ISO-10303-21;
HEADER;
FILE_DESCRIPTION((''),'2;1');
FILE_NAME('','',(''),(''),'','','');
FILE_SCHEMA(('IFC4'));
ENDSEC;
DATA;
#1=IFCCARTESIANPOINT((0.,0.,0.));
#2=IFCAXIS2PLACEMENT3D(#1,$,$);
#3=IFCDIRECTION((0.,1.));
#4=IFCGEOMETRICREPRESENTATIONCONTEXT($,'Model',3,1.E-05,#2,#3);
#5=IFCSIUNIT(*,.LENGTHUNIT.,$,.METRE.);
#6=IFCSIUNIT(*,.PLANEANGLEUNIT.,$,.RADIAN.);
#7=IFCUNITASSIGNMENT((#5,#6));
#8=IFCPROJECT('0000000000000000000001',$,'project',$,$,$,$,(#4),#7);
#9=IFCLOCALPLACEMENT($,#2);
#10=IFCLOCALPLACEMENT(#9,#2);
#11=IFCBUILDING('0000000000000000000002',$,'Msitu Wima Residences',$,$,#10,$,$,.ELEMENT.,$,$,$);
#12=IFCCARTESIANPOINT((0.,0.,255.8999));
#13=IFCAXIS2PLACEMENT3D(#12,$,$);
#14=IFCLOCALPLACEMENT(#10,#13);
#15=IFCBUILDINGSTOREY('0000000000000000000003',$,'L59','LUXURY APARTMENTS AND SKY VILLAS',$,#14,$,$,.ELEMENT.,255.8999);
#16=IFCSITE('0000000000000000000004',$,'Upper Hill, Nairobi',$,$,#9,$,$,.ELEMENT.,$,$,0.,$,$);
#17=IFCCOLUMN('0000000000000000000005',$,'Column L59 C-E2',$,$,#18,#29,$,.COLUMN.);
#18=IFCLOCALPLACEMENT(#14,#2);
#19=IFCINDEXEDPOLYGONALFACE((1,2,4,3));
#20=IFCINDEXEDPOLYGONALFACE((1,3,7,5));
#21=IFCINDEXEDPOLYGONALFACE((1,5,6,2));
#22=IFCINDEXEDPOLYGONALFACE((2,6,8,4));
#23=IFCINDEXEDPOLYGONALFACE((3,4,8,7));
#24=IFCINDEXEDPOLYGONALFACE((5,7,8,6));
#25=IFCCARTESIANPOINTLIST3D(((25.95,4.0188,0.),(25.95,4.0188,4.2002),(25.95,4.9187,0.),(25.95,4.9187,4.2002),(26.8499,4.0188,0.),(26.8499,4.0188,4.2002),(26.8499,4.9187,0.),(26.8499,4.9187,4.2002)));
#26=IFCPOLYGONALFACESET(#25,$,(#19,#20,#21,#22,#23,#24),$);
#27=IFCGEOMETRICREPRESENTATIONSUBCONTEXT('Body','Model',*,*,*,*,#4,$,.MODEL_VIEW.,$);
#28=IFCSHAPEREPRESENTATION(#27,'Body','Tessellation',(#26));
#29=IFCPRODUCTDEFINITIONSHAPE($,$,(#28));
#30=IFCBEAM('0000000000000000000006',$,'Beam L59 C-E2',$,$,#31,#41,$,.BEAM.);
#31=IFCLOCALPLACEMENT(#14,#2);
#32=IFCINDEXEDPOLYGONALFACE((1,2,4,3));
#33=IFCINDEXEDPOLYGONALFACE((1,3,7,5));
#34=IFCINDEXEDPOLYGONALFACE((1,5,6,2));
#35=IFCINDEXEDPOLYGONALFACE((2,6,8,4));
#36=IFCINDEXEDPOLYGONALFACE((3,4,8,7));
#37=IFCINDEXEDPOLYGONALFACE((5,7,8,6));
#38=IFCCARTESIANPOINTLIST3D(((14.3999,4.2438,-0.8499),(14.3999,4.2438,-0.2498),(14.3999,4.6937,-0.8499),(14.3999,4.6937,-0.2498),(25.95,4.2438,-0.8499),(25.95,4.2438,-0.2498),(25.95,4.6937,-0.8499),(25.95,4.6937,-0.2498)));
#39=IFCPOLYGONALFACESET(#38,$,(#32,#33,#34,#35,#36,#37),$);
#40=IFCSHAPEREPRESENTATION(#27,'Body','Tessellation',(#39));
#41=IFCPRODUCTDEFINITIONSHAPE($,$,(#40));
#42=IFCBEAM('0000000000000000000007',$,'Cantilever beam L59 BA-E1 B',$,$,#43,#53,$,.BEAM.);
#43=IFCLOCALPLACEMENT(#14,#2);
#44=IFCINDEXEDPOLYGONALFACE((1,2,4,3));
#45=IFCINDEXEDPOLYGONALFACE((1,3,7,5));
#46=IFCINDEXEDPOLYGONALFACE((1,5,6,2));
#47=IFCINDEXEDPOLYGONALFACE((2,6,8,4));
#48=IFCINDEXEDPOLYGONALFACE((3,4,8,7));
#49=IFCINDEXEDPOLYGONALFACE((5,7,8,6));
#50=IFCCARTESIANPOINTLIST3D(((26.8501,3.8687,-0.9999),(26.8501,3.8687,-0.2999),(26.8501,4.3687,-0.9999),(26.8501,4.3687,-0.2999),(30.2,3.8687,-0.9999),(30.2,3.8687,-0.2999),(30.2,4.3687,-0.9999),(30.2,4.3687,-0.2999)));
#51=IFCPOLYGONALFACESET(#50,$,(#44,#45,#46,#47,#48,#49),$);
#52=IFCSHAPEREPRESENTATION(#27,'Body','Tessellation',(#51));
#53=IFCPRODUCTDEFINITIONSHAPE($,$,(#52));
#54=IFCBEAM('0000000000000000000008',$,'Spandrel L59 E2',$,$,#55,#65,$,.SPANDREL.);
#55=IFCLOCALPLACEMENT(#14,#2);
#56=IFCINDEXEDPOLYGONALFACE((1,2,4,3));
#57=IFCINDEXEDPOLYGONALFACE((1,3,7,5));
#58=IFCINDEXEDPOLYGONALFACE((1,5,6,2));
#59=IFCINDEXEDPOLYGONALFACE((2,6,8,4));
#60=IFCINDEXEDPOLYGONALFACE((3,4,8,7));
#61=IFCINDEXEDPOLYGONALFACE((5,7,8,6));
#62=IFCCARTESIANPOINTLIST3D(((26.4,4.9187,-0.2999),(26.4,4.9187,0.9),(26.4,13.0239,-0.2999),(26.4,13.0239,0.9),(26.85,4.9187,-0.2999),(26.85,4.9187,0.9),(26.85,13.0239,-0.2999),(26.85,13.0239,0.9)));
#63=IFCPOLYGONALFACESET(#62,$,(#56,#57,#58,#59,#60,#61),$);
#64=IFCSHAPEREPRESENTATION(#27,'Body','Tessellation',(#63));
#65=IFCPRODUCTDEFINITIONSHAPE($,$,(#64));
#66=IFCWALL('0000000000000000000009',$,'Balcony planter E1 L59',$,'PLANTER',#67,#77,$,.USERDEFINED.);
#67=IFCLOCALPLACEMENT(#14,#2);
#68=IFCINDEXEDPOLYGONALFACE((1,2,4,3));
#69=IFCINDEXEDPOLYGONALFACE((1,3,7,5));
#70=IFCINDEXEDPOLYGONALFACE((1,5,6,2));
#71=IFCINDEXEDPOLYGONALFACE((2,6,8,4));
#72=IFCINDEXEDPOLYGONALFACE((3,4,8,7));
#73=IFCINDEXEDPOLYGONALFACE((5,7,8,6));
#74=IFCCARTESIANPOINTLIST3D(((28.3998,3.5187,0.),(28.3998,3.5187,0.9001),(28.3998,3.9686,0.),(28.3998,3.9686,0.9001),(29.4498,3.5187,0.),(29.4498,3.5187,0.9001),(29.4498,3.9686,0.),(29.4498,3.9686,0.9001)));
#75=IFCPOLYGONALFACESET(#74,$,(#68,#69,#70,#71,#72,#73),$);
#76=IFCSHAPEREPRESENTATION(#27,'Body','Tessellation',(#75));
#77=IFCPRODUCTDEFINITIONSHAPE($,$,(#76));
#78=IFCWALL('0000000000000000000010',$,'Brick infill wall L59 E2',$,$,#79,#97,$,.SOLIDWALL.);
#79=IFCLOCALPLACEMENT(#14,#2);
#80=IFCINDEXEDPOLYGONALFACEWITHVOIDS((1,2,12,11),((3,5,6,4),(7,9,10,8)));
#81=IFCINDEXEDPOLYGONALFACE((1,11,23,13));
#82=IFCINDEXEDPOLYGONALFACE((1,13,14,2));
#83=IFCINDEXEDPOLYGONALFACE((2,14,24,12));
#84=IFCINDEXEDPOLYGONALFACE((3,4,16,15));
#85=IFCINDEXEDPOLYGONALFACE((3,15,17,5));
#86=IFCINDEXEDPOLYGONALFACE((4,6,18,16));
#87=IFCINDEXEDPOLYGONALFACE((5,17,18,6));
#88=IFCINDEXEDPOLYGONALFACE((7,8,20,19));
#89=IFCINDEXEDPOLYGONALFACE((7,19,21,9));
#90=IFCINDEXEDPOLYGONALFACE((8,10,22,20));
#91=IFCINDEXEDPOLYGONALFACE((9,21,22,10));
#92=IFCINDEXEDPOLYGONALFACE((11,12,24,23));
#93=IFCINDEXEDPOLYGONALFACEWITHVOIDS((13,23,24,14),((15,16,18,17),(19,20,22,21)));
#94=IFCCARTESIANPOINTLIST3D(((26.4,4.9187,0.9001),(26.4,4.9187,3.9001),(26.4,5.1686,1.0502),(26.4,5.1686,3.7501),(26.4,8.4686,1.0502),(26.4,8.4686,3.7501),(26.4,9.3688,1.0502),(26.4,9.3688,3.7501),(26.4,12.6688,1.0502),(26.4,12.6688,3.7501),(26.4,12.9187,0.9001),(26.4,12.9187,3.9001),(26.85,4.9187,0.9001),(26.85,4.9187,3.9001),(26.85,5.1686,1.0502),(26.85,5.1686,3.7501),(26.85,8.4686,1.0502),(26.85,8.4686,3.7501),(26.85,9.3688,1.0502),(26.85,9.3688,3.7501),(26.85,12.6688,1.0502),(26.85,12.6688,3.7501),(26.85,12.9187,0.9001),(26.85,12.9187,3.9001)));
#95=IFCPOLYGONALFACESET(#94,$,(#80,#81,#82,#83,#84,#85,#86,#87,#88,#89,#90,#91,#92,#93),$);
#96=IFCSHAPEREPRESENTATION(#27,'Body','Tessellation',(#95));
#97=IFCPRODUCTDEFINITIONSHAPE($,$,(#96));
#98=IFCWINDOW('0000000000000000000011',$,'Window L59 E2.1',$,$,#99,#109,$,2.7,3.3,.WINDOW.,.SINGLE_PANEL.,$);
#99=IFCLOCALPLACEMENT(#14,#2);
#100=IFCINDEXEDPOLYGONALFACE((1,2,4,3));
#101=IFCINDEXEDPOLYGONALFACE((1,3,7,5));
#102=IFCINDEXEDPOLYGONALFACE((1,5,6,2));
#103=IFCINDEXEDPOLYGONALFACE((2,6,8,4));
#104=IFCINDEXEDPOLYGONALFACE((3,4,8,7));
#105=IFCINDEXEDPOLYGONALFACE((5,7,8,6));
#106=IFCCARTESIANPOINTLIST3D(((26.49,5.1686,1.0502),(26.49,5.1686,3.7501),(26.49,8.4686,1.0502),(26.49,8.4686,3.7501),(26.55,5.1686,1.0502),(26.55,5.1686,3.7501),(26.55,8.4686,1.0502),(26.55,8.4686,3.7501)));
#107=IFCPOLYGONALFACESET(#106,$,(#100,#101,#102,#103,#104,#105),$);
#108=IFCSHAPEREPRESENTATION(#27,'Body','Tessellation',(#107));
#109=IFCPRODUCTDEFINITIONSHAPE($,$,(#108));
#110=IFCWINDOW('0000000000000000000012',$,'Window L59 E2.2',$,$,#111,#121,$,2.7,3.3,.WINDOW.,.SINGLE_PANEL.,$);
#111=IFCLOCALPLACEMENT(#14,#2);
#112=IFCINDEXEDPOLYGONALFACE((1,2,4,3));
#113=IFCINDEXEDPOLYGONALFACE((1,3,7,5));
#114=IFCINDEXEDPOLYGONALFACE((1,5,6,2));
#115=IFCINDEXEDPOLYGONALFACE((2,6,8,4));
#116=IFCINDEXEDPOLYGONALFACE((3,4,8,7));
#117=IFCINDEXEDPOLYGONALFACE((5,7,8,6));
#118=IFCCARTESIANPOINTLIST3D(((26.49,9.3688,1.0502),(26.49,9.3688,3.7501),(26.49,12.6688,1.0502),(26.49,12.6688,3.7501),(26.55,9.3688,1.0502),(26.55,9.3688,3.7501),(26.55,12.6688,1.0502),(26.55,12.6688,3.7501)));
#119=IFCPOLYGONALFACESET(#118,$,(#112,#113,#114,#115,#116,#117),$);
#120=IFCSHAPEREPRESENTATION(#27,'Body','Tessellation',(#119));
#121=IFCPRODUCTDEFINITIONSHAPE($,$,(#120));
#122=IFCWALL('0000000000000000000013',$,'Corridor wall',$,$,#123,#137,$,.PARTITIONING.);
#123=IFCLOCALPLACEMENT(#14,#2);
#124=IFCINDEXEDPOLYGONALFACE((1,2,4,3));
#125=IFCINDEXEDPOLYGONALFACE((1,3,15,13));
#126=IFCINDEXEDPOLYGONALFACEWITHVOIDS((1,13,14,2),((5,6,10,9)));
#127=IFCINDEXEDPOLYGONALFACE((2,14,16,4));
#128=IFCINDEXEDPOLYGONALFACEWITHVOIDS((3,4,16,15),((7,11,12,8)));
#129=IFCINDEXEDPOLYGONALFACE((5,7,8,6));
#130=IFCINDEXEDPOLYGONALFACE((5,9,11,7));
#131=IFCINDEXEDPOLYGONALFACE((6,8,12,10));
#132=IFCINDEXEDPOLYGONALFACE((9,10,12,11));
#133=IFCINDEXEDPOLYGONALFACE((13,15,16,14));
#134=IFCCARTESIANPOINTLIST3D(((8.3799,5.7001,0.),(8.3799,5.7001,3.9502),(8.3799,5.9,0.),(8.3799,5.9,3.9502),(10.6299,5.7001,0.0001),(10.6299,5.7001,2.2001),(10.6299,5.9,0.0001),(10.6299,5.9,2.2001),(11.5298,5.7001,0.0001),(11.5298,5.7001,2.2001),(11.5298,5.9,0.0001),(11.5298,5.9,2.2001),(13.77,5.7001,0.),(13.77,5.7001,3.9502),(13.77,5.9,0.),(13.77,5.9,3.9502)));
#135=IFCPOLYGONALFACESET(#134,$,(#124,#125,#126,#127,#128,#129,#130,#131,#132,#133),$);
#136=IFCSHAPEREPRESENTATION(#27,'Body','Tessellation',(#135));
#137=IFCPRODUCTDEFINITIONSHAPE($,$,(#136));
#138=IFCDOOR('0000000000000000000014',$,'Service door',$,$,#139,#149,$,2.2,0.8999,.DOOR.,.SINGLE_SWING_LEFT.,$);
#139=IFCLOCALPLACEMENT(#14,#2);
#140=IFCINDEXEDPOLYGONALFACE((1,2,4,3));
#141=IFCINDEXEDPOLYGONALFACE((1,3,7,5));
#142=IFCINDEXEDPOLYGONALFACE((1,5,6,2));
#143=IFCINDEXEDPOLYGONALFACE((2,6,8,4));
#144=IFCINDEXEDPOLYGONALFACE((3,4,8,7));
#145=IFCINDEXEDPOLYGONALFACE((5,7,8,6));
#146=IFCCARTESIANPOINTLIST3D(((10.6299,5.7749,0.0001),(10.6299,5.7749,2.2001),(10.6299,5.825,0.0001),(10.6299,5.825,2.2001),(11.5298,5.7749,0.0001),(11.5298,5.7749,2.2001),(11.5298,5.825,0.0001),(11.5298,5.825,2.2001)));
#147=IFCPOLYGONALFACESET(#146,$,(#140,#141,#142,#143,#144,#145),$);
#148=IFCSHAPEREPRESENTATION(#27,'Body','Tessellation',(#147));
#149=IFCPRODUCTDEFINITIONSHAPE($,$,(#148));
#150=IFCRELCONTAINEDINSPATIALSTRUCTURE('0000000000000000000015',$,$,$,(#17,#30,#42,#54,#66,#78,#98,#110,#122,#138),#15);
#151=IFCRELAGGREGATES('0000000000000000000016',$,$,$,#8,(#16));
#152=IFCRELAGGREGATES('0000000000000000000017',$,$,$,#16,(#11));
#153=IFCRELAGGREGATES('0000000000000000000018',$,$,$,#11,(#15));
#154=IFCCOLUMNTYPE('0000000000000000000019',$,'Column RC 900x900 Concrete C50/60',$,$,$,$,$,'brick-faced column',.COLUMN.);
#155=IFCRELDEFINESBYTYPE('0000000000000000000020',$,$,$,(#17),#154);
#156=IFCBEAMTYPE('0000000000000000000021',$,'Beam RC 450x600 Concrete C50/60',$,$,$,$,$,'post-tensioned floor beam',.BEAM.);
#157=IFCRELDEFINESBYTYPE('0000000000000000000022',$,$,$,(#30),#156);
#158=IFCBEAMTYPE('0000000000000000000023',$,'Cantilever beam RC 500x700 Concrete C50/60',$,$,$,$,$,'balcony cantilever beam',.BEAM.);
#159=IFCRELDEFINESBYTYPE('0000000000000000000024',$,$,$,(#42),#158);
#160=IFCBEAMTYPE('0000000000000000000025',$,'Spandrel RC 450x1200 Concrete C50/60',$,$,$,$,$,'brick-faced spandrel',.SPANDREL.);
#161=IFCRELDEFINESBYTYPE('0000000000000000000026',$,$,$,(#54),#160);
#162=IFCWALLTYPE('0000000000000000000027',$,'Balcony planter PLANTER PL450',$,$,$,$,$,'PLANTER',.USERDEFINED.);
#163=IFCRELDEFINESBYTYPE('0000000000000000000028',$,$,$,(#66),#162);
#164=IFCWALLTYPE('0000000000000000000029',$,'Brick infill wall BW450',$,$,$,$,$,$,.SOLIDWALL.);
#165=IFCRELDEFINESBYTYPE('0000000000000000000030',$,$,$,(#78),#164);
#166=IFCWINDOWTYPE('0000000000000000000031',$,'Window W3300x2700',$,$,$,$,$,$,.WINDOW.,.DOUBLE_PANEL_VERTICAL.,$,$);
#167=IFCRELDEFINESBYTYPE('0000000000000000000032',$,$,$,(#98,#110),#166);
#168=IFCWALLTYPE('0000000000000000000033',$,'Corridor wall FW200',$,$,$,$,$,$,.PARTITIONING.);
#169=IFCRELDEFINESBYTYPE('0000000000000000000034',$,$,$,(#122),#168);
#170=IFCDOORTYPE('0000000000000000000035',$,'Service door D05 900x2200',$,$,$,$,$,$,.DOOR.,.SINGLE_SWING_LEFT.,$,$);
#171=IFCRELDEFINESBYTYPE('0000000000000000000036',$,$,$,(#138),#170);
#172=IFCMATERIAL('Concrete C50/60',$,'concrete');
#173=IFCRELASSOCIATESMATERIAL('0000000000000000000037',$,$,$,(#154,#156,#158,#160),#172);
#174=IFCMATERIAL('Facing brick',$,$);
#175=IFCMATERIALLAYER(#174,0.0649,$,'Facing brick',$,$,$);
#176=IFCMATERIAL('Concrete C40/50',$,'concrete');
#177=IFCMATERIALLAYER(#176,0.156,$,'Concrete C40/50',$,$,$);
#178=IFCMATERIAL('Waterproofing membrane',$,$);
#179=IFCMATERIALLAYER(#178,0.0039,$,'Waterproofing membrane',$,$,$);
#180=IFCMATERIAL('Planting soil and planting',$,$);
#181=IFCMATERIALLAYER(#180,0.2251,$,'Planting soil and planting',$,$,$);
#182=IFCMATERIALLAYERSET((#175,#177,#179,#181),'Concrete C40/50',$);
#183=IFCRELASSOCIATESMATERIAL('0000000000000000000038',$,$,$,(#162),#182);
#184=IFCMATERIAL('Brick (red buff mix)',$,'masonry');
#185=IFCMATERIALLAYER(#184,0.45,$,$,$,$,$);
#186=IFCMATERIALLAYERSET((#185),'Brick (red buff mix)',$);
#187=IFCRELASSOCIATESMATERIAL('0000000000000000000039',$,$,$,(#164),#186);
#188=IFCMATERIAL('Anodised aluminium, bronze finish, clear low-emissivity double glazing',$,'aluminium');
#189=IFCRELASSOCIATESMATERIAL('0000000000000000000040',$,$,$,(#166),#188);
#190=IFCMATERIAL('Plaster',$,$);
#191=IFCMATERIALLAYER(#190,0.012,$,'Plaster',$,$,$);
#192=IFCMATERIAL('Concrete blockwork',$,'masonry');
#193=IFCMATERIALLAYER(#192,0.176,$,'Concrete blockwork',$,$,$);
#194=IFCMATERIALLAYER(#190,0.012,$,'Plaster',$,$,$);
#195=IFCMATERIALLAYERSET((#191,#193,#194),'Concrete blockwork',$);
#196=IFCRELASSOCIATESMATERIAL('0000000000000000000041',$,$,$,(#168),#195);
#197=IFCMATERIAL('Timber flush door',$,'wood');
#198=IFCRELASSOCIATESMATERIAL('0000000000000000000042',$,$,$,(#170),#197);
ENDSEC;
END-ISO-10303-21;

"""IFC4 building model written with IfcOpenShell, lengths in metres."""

from ifc_helpers import new_model, si_unit, direction, frame, frame_2d, origin, origin_2d, place, context, subcontext, project, spatial, rectangle, extrude, material, layer, layer_set, material_profile, profile_set, type_object, element, fill, save


model = new_model("IFC4")

# Units and contexts
model_context = context("Model", 3, precision=1e-05, world=origin(), true_north=direction((0.0, 1.0)))
body_context = subcontext(model_context, "Body", "Model", "MODEL_VIEW")
ifc_project = project(units=[si_unit("LENGTHUNIT", "METRE"), si_unit("PLANEANGLEUNIT", "RADIAN")], contexts=[model_context])

# Site, building, storey
site_placement = place(None, origin())
site = spatial("IfcSite", under=ifc_project, at=site_placement, Name="Upper Hill, Nairobi", CompositionType="ELEMENT", RefElevation=0.0)
building_placement = place(site_placement, origin())
building = spatial("IfcBuilding", under=site, at=building_placement, Name="Msitu Wima Residences", CompositionType="ELEMENT")
storey_placement = place(building_placement, frame((0.0, 0.0, 255.8999)))
storey = spatial("IfcBuildingStorey", under=building, at=storey_placement, Name="L59", Description="LUXURY APARTMENTS AND SKY VILLAS", CompositionType="ELEMENT", Elevation=255.8999)

# Column
ifc_material_1 = material(Name="Concrete C50/60", Category="concrete")
ifc_material_profile_1 = material_profile(ifc_material_1, rectangle(XDim=0.8999, YDim=0.8999, at=origin_2d()), Name="RC 900x900")
ifc_profile_set_1 = profile_set([ifc_material_profile_1], Name="Concrete C50/60")
column_type = type_object("IfcColumnType", Name="Column RC 900x900 Concrete C50/60", ElementType="brick-faced column", PredefinedType="COLUMN", material=ifc_profile_set_1)
column_placement = place(storey_placement, frame((26.3999, 4.4688, 0.0), z_axis=(0.0, 0.0, 1.0), x_axis=(0.0, 1.0, 0.0)))
element("IfcColumn", 1, at=column_placement, inside=storey, type_object=column_type, Name="Column L59 C-E2", PredefinedType="COLUMN", context=body_context, shape_type="SweptSolid", body=[
    extrude(rectangle(XDim=0.8999, YDim=0.8999, at=origin_2d()), origin(), (0.0, 0.0, 1.0), 4.2002),
])

# Beams
ifc_material_profile_2 = material_profile(ifc_material_1, rectangle(XDim=0.45, YDim=0.6001, at=origin_2d()), Name="RC 450x600")
ifc_profile_set_2 = profile_set([ifc_material_profile_2], Name="Concrete C50/60")
beam_type_1 = type_object("IfcBeamType", Name="Beam RC 450x600 Concrete C50/60", ElementType="post-tensioned floor beam", PredefinedType="BEAM", material=ifc_profile_set_2)
beam_1_placement = place(storey_placement, frame((25.95, 4.4688, -0.5498), z_axis=(-1.0, 0.0, 0.0), x_axis=(0.0, -1.0, 0.0)))
element("IfcBeam", 2, at=beam_1_placement, inside=storey, type_object=beam_type_1, Name="Beam L59 C-E2", PredefinedType="BEAM", context=body_context, shape_type="SweptSolid", body=[
    extrude(rectangle(XDim=0.45, YDim=0.6001, at=origin_2d()), origin(), (0.0, 0.0, 1.0), 11.55),
])
ifc_material_profile_3 = material_profile(ifc_material_1, rectangle(XDim=0.5, YDim=0.7, at=origin_2d()), Name="RC 500x700")
ifc_profile_set_3 = profile_set([ifc_material_profile_3], Name="Concrete C50/60")
beam_type_2 = type_object("IfcBeamType", Name="Cantilever beam RC 500x700 Concrete C50/60", ElementType="balcony cantilever beam", PredefinedType="BEAM", material=ifc_profile_set_3)
beam_2_placement = place(storey_placement, frame((26.8501, 4.1187, -0.6499), z_axis=(1.0, 0.0, 0.0), x_axis=(0.0, 1.0, 0.0)))
element("IfcBeam", 3, at=beam_2_placement, inside=storey, type_object=beam_type_2, Name="Cantilever beam L59 BA-E1 B", PredefinedType="BEAM", context=body_context, shape_type="SweptSolid", body=[
    extrude(rectangle(XDim=0.5, YDim=0.7, at=origin_2d()), origin(), (0.0, 0.0, 1.0), 3.3499),
])
ifc_material_profile_4 = material_profile(ifc_material_1, rectangle(XDim=0.45, YDim=1.2, at=origin_2d()), Name="RC 450x1200")
ifc_profile_set_4 = profile_set([ifc_material_profile_4], Name="Concrete C50/60")
beam_type_3 = type_object("IfcBeamType", Name="Spandrel RC 450x1200 Concrete C50/60", ElementType="brick-faced spandrel", PredefinedType="SPANDREL", material=ifc_profile_set_4)
beam_3_placement = place(storey_placement, frame((26.625, 4.9187, 0.3), z_axis=(0.0, 1.0, 0.0), x_axis=(-1.0, 0.0, 0.0)))
element("IfcBeam", 4, at=beam_3_placement, inside=storey, type_object=beam_type_3, Name="Spandrel L59 E2", PredefinedType="SPANDREL", context=body_context, shape_type="SweptSolid", body=[
    extrude(rectangle(XDim=0.45, YDim=1.2, at=origin_2d()), origin(), (0.0, 0.0, 1.0), 8.1052),
])

# Wall
ifc_material_2 = material(Name="Facing brick")
ifc_layer_1 = layer(ifc_material_2, 0.0649, Name="Facing brick")
ifc_material_3 = material(Name="Concrete C40/50", Category="concrete")
ifc_layer_2 = layer(ifc_material_3, 0.156, Name="Concrete C40/50")
ifc_material_4 = material(Name="Waterproofing membrane")
ifc_layer_3 = layer(ifc_material_4, 0.0039, Name="Waterproofing membrane")
ifc_material_5 = material(Name="Planting soil and planting")
ifc_layer_4 = layer(ifc_material_5, 0.2251, Name="Planting soil and planting")
ifc_layer_set_1 = layer_set([ifc_layer_1, ifc_layer_2, ifc_layer_3, ifc_layer_4], Name="Concrete C40/50")
wall_type_1 = type_object("IfcWallType", Name="Balcony planter PLANTER PL450", ElementType="PLANTER", PredefinedType="USERDEFINED", material=ifc_layer_set_1)
wall_1_placement = place(storey_placement, frame((28.3999, 3.7437, 0.0), z_axis=(0.0, 0.0, 1.0), x_axis=(1.0, 0.0, 0.0)))
element("IfcWall", 5, at=wall_1_placement, inside=storey, type_object=wall_type_1, Name="Balcony planter E1 L59", ObjectType="PLANTER", PredefinedType="USERDEFINED", context=body_context, shape_type="SweptSolid", body=[
    extrude(rectangle(XDim=1.05, YDim=0.45, at=frame_2d((0.5249, 0.0))), origin(), (0.0, 0.0, 1.0), 0.9001),
])

# Wall, openings, windows
ifc_material_6 = material(Name="Brick (red buff mix)", Category="masonry")
ifc_layer_5 = layer(ifc_material_6, 0.45)
ifc_layer_set_2 = layer_set([ifc_layer_5], Name="Brick (red buff mix)")
wall_type_2 = type_object("IfcWallType", Name="Brick infill wall BW450", PredefinedType="SOLIDWALL", material=ifc_layer_set_2)
wall_2_placement = place(storey_placement, frame((26.625, 4.9187, 0.9001), z_axis=(0.0, 0.0, 1.0), x_axis=(0.0, 1.0, 0.0)))
wall_2 = element("IfcWall", 6, at=wall_2_placement, inside=storey, type_object=wall_type_2, Name="Brick infill wall L59 E2", PredefinedType="SOLIDWALL", context=body_context, shape_type="SweptSolid", body=[
    extrude(rectangle(XDim=8.0, YDim=0.45, at=frame_2d((4.0, 0.0))), origin(), (0.0, 0.0, 1.0), 3.0),
])
opening_1_placement = place(wall_2_placement, frame((0.25, 0.0, 0.1499)))
opening_1 = element("IfcOpeningElement", 7, at=opening_1_placement, cuts=wall_2, PredefinedType="OPENING", context=body_context, shape_type="SweptSolid", body=[
    extrude(rectangle(XDim=3.3, YDim=2.7, at=frame_2d((1.6499, 1.3501))), frame((0.0, 0.2349, 0.0), z_axis=(0.0, -1.0, 0.0), x_axis=(1.0, 0.0, 0.0)), (0.0, 0.0, 1.0), 0.47),
])
opening_2_placement = place(wall_2_placement, frame((4.4502, 0.0, 0.1499)))
opening_2 = element("IfcOpeningElement", 8, at=opening_2_placement, cuts=wall_2, PredefinedType="OPENING", context=body_context, shape_type="SweptSolid", body=[
    extrude(rectangle(XDim=3.3, YDim=2.7, at=frame_2d((1.6499, 1.3501))), frame((0.0, 0.2349, 0.0), z_axis=(0.0, -1.0, 0.0), x_axis=(1.0, 0.0, 0.0)), (0.0, 0.0, 1.0), 0.47),
])
ifc_material_7 = material(Name="Anodised aluminium, bronze finish, clear low-emissivity double glazing", Category="aluminium")
window_type = type_object("IfcWindowType", Name="Window W3300x2700", PartitioningType="DOUBLE_PANEL_VERTICAL", PredefinedType="WINDOW", material=ifc_material_7)
window_1_placement = place(opening_1_placement, origin())
window_1 = element("IfcWindow", 9, at=window_1_placement, inside=storey, type_object=window_type, Name="Window L59 E2.1", OverallHeight=2.7, OverallWidth=3.3, PartitioningType="SINGLE_PANEL", PredefinedType="WINDOW", context=body_context, shape_type="SweptSolid", body=[
    extrude(rectangle(XDim=3.3, YDim=2.7, at=frame_2d((1.6499, 1.3501))), frame((0.0, 0.135, 0.0), z_axis=(0.0, -1.0, 0.0), x_axis=(1.0, 0.0, 0.0)), (0.0, 0.0, 1.0), 0.0601),
])
fill(opening_1, window_1)
window_2_placement = place(opening_2_placement, origin())
window_2 = element("IfcWindow", 10, at=window_2_placement, inside=storey, type_object=window_type, Name="Window L59 E2.2", OverallHeight=2.7, OverallWidth=3.3, PartitioningType="SINGLE_PANEL", PredefinedType="WINDOW", context=body_context, shape_type="SweptSolid", body=[
    extrude(rectangle(XDim=3.3, YDim=2.7, at=frame_2d((1.6499, 1.3501))), frame((0.0, 0.135, 0.0), z_axis=(0.0, -1.0, 0.0), x_axis=(1.0, 0.0, 0.0)), (0.0, 0.0, 1.0), 0.0601),
])
fill(opening_2, window_2)

# Wall, opening, door
ifc_material_8 = material(Name="Plaster")
ifc_layer_6 = layer(ifc_material_8, 0.012, Name="Plaster")
ifc_material_9 = material(Name="Concrete blockwork", Category="masonry")
ifc_layer_7 = layer(ifc_material_9, 0.176, Name="Concrete blockwork")
ifc_layer_8 = layer(ifc_material_8, 0.012, Name="Plaster")
ifc_layer_set_3 = layer_set([ifc_layer_6, ifc_layer_7, ifc_layer_8], Name="Concrete blockwork")
wall_type_3 = type_object("IfcWallType", Name="Corridor wall FW200", PredefinedType="PARTITIONING", material=ifc_layer_set_3)
wall_3_placement = place(storey_placement, frame((8.3799, 5.8, 0.0), z_axis=(0.0, 0.0, 1.0), x_axis=(1.0, 0.0, 0.0)))
wall_3 = element("IfcWall", 11, at=wall_3_placement, inside=storey, type_object=wall_type_3, Name="Corridor wall", PredefinedType="PARTITIONING", context=body_context, shape_type="SweptSolid", body=[
    extrude(rectangle(XDim=5.3901, YDim=0.2, at=frame_2d((2.6951, 0.0))), origin(), (0.0, 0.0, 1.0), 3.9502),
])
opening_3_placement = place(wall_3_placement, frame((2.25, 0.0, 0.0)))
opening_3 = element("IfcOpeningElement", 12, at=opening_3_placement, cuts=wall_3, PredefinedType="OPENING", context=body_context, shape_type="SweptSolid", body=[
    extrude(rectangle(XDim=0.8999, YDim=2.2, at=frame_2d((0.45, 1.1001))), frame((0.0, 0.1099, 0.0), z_axis=(0.0, -1.0, 0.0), x_axis=(1.0, 0.0, 0.0)), (0.0, 0.0, 1.0), 0.22),
])
ifc_material_10 = material(Name="Timber flush door", Category="wood")
door_type_1 = type_object("IfcDoorType", Name="Service door D05 900x2200", OperationType="SINGLE_SWING_LEFT", PredefinedType="DOOR", material=ifc_material_10)
door_1_placement = place(opening_3_placement, origin())
door_1 = element("IfcDoor", 13, at=door_1_placement, inside=storey, type_object=door_type_1, Name="Service door", OperationType="SINGLE_SWING_LEFT", OverallHeight=2.2, OverallWidth=0.8999, PredefinedType="DOOR", context=body_context, shape_type="SweptSolid", body=[
    extrude(rectangle(XDim=0.8999, YDim=2.2, at=frame_2d((0.45, 1.1001))), frame((0.0, 0.0249, 0.0), z_axis=(0.0, -1.0, 0.0), x_axis=(1.0, 0.0, 0.0)), (0.0, 0.0, 1.0), 0.05),
])
fill(opening_3, door_1)

save(model, "model.ifc")
